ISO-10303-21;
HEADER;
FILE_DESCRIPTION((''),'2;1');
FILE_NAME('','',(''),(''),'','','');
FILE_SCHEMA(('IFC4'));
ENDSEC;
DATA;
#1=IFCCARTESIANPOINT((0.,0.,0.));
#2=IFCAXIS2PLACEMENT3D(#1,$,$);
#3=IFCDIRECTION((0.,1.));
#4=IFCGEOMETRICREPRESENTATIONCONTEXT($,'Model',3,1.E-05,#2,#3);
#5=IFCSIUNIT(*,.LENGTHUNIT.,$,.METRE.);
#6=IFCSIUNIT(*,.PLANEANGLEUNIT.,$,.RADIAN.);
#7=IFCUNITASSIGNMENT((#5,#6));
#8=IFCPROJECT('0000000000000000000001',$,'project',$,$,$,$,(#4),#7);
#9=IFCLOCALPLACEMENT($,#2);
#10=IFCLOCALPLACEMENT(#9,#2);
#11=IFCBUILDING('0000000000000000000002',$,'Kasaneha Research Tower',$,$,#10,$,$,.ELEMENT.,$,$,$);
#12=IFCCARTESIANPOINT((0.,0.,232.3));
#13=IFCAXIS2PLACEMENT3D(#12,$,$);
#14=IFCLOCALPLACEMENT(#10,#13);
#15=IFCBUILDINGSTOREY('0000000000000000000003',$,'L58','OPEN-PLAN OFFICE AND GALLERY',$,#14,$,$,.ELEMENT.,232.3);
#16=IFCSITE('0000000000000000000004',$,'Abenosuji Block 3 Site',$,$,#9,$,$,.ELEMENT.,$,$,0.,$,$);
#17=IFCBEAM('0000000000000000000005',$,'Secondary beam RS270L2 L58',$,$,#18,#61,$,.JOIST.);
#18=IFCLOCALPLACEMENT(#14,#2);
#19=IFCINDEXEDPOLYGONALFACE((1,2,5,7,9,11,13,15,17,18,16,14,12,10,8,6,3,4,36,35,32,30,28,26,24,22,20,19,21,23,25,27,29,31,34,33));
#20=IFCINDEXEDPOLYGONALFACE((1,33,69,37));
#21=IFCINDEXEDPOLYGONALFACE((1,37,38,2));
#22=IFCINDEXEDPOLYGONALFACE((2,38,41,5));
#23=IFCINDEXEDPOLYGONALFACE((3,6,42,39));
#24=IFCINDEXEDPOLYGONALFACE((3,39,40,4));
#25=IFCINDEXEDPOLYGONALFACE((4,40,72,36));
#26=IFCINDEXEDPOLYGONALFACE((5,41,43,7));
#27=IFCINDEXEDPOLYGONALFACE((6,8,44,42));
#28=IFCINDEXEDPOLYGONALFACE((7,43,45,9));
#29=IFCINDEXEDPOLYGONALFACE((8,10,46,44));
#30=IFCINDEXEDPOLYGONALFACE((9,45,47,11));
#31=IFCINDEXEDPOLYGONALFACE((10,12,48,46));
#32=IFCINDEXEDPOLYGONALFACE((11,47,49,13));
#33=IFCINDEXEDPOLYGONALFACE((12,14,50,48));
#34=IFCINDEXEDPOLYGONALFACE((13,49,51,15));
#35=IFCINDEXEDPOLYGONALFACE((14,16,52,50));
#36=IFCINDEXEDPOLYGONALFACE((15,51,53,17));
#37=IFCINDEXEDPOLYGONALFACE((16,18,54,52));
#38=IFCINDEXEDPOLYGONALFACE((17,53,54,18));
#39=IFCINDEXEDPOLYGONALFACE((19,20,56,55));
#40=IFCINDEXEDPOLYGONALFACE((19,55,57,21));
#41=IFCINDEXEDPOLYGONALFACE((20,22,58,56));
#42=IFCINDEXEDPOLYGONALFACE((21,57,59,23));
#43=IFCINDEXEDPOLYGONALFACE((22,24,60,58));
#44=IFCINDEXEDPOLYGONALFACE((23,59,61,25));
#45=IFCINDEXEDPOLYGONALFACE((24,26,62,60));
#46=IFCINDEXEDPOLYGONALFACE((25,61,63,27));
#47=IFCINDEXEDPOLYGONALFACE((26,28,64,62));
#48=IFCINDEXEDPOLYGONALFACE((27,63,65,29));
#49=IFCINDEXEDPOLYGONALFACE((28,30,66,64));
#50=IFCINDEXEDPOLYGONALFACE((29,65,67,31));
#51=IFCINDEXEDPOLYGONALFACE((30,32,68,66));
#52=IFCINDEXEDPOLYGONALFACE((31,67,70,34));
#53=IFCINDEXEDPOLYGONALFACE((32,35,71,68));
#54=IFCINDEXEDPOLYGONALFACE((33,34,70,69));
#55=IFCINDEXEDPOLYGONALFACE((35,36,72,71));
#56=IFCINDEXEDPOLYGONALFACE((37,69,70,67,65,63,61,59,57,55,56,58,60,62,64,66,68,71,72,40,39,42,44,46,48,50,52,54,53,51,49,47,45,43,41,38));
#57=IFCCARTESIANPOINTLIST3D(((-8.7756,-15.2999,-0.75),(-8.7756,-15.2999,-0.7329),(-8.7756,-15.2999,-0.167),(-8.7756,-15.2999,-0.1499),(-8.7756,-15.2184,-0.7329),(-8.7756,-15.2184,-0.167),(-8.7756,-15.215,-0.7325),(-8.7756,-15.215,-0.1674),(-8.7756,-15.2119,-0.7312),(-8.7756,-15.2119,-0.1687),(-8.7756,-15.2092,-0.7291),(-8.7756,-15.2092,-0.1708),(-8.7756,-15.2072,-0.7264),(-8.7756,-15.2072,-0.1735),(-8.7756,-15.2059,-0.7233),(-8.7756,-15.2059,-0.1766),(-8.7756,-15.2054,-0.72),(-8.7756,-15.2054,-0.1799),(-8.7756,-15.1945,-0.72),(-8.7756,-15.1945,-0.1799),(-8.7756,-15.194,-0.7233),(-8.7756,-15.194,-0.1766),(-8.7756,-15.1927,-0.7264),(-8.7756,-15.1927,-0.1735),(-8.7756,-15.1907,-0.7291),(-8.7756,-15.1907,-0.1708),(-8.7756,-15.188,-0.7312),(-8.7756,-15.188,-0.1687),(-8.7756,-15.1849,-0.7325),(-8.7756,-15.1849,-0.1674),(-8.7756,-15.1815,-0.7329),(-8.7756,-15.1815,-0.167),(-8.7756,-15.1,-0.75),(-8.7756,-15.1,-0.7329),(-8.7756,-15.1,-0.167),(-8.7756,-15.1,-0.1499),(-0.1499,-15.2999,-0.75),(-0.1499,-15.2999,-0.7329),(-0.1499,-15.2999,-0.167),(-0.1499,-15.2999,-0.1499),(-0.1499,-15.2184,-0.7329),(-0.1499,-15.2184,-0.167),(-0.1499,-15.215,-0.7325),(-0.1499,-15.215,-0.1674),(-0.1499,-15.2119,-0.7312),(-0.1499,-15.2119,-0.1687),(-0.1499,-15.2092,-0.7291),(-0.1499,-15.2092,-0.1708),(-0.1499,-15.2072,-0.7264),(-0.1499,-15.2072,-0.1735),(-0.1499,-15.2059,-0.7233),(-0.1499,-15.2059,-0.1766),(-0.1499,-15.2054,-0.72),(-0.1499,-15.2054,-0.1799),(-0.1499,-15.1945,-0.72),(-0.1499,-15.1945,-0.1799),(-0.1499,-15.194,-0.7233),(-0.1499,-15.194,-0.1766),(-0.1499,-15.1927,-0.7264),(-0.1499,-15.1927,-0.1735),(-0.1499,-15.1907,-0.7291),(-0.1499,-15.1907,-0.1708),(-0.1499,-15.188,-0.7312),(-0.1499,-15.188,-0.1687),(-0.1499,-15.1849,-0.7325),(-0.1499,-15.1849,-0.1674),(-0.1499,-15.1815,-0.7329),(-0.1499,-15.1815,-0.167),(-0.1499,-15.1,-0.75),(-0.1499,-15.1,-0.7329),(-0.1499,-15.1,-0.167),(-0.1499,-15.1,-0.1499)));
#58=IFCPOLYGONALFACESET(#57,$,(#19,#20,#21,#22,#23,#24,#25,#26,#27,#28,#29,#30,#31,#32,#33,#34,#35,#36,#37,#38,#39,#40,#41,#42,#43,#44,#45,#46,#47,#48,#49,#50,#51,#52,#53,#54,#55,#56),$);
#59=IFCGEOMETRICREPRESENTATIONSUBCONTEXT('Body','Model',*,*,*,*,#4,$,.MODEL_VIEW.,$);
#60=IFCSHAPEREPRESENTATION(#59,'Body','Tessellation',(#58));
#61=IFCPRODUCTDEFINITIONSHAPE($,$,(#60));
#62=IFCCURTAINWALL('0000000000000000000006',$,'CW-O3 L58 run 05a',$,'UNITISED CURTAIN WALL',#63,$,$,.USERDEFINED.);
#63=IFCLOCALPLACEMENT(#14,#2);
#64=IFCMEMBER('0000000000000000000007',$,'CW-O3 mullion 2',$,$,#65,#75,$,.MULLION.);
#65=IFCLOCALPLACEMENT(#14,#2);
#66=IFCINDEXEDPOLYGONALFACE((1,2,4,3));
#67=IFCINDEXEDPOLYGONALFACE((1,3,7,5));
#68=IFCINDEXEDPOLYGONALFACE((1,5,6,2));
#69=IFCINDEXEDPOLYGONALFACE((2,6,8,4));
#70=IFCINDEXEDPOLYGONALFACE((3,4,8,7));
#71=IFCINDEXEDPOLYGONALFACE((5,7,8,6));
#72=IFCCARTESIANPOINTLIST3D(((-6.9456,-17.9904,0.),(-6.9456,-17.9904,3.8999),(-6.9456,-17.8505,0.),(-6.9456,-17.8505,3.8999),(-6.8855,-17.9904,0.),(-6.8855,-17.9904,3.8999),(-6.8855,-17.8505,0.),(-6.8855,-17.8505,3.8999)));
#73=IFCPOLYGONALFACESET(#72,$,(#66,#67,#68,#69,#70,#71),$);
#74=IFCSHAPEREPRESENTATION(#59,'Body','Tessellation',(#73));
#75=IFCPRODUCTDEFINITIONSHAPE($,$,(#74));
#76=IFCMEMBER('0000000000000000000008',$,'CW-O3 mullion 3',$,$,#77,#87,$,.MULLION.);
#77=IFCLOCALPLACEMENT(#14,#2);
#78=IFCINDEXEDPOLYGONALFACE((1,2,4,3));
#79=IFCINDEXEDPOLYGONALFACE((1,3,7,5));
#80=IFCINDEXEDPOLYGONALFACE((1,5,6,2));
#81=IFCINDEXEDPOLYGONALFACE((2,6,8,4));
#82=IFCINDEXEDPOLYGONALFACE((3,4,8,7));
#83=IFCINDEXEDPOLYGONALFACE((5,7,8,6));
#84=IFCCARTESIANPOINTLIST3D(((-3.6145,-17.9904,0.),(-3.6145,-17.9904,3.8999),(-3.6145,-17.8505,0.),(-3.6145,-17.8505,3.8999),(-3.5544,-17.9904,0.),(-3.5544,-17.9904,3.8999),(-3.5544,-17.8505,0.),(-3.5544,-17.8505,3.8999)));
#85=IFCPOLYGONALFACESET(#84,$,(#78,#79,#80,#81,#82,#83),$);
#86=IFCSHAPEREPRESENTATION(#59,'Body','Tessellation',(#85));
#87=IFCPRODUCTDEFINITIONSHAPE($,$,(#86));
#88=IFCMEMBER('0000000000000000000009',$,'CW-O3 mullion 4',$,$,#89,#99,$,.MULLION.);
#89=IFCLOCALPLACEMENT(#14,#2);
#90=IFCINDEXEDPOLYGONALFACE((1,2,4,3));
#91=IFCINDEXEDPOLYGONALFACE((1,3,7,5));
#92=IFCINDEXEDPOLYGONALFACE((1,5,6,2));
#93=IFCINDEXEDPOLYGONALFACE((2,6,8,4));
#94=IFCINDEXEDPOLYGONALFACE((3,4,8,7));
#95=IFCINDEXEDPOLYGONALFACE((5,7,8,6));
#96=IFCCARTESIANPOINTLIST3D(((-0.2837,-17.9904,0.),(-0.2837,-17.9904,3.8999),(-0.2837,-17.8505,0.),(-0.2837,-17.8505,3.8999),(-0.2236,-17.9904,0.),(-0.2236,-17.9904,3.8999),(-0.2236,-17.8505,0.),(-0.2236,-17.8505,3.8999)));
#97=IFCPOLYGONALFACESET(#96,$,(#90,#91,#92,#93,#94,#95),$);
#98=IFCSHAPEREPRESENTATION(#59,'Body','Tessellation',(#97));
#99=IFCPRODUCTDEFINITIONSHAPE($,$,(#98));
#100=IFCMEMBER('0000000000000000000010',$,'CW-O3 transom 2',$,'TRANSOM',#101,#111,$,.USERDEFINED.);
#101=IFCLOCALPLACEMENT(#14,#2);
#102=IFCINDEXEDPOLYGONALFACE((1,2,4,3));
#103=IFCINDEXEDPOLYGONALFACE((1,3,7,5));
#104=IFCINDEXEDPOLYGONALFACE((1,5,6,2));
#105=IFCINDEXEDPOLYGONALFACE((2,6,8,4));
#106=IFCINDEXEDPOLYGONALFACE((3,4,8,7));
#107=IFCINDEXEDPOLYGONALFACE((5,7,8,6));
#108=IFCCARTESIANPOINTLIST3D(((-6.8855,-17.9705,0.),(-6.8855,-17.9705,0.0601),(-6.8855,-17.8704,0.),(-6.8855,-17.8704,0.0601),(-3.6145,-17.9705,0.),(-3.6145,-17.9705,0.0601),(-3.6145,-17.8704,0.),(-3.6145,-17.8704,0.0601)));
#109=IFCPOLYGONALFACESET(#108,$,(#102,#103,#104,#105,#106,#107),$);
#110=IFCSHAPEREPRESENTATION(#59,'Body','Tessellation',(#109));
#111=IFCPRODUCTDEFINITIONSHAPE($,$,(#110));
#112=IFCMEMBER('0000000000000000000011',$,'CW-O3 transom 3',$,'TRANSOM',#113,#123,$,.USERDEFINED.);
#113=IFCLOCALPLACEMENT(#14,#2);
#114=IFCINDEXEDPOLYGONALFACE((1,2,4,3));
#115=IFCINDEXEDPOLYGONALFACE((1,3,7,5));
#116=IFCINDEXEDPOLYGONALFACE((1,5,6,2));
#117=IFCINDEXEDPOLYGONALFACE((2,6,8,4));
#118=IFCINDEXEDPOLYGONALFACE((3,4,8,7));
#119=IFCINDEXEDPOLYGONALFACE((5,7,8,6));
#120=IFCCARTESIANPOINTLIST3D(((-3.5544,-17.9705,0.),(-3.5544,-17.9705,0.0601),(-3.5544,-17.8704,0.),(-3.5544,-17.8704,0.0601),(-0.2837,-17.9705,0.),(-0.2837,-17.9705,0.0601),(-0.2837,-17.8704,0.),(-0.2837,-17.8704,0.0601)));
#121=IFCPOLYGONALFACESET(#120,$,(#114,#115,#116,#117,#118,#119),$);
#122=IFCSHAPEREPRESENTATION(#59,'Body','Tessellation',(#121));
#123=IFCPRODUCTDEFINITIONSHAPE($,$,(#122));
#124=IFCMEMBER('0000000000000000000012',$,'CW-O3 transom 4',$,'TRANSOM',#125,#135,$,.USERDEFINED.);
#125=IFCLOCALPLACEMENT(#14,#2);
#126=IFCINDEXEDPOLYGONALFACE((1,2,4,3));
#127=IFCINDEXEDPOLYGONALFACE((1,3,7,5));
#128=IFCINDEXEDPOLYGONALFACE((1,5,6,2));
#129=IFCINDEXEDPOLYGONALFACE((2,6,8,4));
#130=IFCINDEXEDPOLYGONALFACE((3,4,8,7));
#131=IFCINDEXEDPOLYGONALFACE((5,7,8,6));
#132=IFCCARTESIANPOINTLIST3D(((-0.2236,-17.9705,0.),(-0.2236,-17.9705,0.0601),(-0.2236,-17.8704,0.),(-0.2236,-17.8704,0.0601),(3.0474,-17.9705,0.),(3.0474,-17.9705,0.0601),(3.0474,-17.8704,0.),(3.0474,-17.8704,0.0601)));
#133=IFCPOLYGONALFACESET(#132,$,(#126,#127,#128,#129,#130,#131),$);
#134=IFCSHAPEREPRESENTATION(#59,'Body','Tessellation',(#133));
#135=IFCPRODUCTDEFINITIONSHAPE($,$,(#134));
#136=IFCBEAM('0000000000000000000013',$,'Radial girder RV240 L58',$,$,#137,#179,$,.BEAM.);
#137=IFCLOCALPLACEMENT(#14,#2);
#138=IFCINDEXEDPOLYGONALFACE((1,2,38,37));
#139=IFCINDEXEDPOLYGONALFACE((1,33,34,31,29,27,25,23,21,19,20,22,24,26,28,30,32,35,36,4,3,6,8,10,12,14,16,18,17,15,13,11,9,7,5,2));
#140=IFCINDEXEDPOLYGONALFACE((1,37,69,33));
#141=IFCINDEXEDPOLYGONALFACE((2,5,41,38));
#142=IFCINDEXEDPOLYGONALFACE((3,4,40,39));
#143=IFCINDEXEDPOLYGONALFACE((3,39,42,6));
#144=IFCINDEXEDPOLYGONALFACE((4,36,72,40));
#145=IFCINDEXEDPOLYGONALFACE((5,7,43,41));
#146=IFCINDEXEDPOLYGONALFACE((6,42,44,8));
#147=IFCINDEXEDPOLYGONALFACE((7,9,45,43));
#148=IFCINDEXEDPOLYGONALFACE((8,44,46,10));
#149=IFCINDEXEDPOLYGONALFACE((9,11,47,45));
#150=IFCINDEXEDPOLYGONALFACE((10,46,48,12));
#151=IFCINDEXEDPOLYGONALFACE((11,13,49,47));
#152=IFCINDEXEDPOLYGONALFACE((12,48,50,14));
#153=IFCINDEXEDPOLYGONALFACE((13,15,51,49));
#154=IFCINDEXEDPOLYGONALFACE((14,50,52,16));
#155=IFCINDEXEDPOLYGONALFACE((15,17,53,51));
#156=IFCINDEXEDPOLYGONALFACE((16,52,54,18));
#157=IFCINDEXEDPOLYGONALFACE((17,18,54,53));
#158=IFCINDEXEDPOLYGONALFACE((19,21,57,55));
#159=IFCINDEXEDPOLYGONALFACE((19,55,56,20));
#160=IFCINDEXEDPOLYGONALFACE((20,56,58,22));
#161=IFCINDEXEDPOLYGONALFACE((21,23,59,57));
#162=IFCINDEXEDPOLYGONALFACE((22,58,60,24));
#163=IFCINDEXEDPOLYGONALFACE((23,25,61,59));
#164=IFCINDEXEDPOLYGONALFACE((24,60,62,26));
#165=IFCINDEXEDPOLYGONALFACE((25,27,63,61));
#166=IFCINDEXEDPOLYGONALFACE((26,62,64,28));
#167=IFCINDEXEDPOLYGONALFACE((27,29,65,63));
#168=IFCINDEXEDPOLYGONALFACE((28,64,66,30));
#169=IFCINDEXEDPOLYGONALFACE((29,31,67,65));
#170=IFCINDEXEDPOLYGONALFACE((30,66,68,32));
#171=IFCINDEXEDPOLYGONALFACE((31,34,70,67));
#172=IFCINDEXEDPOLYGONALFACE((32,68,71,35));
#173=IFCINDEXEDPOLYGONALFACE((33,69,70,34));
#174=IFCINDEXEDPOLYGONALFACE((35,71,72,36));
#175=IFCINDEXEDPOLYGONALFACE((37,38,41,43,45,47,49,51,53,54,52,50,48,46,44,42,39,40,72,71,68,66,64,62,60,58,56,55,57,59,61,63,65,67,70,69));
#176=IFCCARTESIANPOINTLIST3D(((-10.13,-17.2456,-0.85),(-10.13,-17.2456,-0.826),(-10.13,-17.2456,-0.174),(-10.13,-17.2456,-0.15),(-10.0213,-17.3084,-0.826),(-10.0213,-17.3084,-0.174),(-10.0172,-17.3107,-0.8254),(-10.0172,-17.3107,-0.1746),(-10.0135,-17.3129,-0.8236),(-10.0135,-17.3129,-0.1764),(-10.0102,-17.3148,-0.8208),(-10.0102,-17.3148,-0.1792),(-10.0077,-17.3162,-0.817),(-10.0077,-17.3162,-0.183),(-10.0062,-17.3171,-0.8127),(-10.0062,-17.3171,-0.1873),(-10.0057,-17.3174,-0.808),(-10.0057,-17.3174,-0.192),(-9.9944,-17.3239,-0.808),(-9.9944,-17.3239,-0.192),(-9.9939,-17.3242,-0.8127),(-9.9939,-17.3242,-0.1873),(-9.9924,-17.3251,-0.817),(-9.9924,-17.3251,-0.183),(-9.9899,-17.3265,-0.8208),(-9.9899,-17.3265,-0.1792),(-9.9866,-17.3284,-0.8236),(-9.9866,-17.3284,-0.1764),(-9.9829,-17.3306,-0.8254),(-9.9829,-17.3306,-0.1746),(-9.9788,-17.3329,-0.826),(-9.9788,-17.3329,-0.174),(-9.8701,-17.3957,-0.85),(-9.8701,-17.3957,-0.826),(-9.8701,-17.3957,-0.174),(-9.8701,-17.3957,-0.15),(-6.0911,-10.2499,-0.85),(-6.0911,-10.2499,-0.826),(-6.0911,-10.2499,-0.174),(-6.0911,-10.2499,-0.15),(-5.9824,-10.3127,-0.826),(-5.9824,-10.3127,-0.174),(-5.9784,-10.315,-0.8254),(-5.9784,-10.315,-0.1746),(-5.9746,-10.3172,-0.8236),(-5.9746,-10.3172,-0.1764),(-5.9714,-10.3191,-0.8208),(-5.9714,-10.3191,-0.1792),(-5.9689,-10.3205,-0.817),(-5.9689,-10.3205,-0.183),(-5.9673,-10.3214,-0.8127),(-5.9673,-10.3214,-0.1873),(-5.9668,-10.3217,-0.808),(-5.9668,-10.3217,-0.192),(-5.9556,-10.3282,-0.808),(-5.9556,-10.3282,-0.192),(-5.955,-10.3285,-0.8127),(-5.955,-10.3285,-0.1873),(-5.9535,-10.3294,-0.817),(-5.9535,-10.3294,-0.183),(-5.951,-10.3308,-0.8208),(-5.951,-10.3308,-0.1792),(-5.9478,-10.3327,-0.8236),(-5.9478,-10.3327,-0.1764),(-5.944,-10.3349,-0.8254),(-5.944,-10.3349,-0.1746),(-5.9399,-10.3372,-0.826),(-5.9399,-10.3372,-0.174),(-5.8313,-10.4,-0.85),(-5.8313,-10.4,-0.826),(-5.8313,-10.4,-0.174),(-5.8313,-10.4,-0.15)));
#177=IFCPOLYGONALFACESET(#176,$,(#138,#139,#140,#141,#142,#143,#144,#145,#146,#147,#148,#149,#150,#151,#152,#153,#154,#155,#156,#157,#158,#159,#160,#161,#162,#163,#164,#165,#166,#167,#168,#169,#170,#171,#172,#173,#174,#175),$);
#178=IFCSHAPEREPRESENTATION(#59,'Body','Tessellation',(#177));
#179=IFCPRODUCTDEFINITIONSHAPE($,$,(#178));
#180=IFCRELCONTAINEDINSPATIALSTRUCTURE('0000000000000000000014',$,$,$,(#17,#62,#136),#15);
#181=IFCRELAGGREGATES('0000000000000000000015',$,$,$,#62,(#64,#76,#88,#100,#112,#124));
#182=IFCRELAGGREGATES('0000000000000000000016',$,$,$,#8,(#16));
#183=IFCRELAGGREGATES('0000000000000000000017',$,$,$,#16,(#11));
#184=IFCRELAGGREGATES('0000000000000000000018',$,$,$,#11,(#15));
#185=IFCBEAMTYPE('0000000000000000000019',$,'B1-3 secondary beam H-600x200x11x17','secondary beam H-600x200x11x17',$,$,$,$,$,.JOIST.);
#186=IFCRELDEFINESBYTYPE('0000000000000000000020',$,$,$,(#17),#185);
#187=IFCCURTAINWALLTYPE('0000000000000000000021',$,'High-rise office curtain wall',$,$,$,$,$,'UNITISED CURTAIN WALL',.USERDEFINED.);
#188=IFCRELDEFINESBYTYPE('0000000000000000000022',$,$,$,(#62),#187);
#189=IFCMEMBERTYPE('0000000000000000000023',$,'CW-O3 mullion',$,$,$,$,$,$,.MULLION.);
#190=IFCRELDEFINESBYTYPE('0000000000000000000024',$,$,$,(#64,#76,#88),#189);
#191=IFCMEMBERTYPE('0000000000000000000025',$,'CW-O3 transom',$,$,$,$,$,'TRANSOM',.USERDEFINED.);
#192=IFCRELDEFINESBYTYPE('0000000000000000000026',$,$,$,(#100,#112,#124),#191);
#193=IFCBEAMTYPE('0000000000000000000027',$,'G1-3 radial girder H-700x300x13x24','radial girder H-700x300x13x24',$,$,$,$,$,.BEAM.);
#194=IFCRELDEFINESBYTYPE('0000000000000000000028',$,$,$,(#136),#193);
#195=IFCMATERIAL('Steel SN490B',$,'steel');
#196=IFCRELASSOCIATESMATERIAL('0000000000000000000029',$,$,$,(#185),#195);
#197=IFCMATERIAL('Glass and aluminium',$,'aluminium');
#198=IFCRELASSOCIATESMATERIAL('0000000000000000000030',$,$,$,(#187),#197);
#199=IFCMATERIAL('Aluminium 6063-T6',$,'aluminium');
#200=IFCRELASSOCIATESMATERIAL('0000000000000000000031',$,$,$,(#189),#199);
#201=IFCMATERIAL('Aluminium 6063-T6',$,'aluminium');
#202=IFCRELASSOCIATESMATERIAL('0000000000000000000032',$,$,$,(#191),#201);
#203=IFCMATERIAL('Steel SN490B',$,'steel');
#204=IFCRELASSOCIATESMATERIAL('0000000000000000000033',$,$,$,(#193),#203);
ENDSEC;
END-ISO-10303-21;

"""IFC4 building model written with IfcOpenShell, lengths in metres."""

from ifc_helpers import new_model, si_unit, direction, frame, origin, origin_2d, place, context, subcontext, project, spatial, rectangle, i_section, extrude, material, material_profile, profile_set, type_object, element, aggregate, save


model = new_model("IFC4")

# Units and contexts
model_context = context("Model", 3, precision=1e-05, world=origin(), true_north=direction((0.0, 1.0)))
body_context = subcontext(model_context, "Body", "Model", "MODEL_VIEW")
ifc_project = project(units=[si_unit("LENGTHUNIT", "METRE"), si_unit("PLANEANGLEUNIT", "RADIAN")], contexts=[model_context])

# Site, building, storey
site_placement = place(None, origin())
site = spatial("IfcSite", under=ifc_project, at=site_placement, Name="Abenosuji Block 3 Site", CompositionType="ELEMENT", RefElevation=0.0)
building_placement = place(site_placement, origin())
building = spatial("IfcBuilding", under=site, at=building_placement, Name="Kasaneha Research Tower", CompositionType="ELEMENT")
storey_placement = place(building_placement, frame((0.0, 0.0, 232.3)))
storey = spatial("IfcBuildingStorey", under=building, at=storey_placement, Name="L58", Description="OPEN-PLAN OFFICE AND GALLERY", CompositionType="ELEMENT", Elevation=232.3)

# Beam
ifc_material_1 = material(Name="Steel SN490B", Category="steel")
ifc_material_profile_1 = material_profile(ifc_material_1, i_section(OverallWidth=0.2, OverallDepth=0.6001, WebThickness=0.011, FlangeThickness=0.0171, FilletRadius=0.0129, at=origin_2d()), Name="H-600x200x11x17")
ifc_profile_set_1 = profile_set([ifc_material_profile_1], Name="Steel SN490B")
beam_type_1 = type_object("IfcBeamType", Name="B1-3 secondary beam H-600x200x11x17", Description="secondary beam H-600x200x11x17", PredefinedType="JOIST", material=ifc_profile_set_1)
beam_1_placement = place(storey_placement, frame((-8.7756, -15.2, -0.45), z_axis=(1.0, 0.0, 0.0), x_axis=(0.0, 1.0, 0.0)))
element("IfcBeam", 1, at=beam_1_placement, inside=storey, type_object=beam_type_1, Name="Secondary beam RS270L2 L58", PredefinedType="JOIST", context=body_context, shape_type="SweptSolid", body=[
    extrude(i_section(OverallWidth=0.2, OverallDepth=0.6001, WebThickness=0.011, FlangeThickness=0.0171, FilletRadius=0.0129, at=origin_2d()), origin(), (0.0, 0.0, 1.0), 8.6257),
])

# Curtain wall, members
ifc_material_2 = material(Name="Glass and aluminium", Category="aluminium")
curtain_wall_type = type_object("IfcCurtainWallType", Name="High-rise office curtain wall", ElementType="UNITISED CURTAIN WALL", PredefinedType="USERDEFINED", material=ifc_material_2)
curtain_wall_placement = place(storey_placement, origin())
curtain_wall = element("IfcCurtainWall", 2, at=curtain_wall_placement, inside=storey, type_object=curtain_wall_type, Name="CW-O3 L58 run 05a", ObjectType="UNITISED CURTAIN WALL", PredefinedType="USERDEFINED")
ifc_material_3 = material(Name="Aluminium 6063-T6", Category="aluminium")
ifc_material_profile_2 = material_profile(ifc_material_3, rectangle(XDim=0.0601, YDim=0.1399, at=origin_2d()), Name="CW-O3 mullion 60x140")
ifc_profile_set_2 = profile_set([ifc_material_profile_2], Name="Aluminium 6063-T6")
member_type_1 = type_object("IfcMemberType", Name="CW-O3 mullion", PredefinedType="MULLION", material=ifc_profile_set_2)
member_1_placement = place(storey_placement, frame((-6.9155, -17.9204, 0.0), z_axis=(0.0, 0.0, 1.0), x_axis=(1.0, 0.0, 0.0)))
member_1 = element("IfcMember", 3, at=member_1_placement, type_object=member_type_1, Name="CW-O3 mullion 2", PredefinedType="MULLION", context=body_context, shape_type="SweptSolid", body=[
    extrude(rectangle(XDim=0.0601, YDim=0.1399, at=origin_2d()), origin(), (0.0, 0.0, 1.0), 3.8999),
])
member_2_placement = place(storey_placement, frame((-3.5845, -17.9204, 0.0), z_axis=(0.0, 0.0, 1.0), x_axis=(1.0, 0.0, 0.0)))
member_2 = element("IfcMember", 4, at=member_2_placement, type_object=member_type_1, Name="CW-O3 mullion 3", PredefinedType="MULLION", context=body_context, shape_type="SweptSolid", body=[
    extrude(rectangle(XDim=0.0601, YDim=0.1399, at=origin_2d()), origin(), (0.0, 0.0, 1.0), 3.8999),
])
member_3_placement = place(storey_placement, frame((-0.2537, -17.9204, 0.0), z_axis=(0.0, 0.0, 1.0), x_axis=(1.0, 0.0, 0.0)))
member_3 = element("IfcMember", 5, at=member_3_placement, type_object=member_type_1, Name="CW-O3 mullion 4", PredefinedType="MULLION", context=body_context, shape_type="SweptSolid", body=[
    extrude(rectangle(XDim=0.0601, YDim=0.1399, at=origin_2d()), origin(), (0.0, 0.0, 1.0), 3.8999),
])
ifc_material_4 = material(Name="Aluminium 6063-T6", Category="aluminium")
ifc_material_profile_3 = material_profile(ifc_material_4, rectangle(XDim=0.1001, YDim=0.0601, at=origin_2d()), Name="CW-O3 transom 100x60")
ifc_profile_set_3 = profile_set([ifc_material_profile_3], Name="Aluminium 6063-T6")
member_type_2 = type_object("IfcMemberType", Name="CW-O3 transom", ElementType="TRANSOM", PredefinedType="USERDEFINED", material=ifc_profile_set_3)
member_4_placement = place(storey_placement, frame((-6.8855, -17.9204, 0.03), z_axis=(1.0, 0.0, 0.0), x_axis=(0.0, 1.0, 0.0)))
member_4 = element("IfcMember", 6, at=member_4_placement, type_object=member_type_2, Name="CW-O3 transom 2", ObjectType="TRANSOM", PredefinedType="USERDEFINED", context=body_context, shape_type="SweptSolid", body=[
    extrude(rectangle(XDim=0.1001, YDim=0.0601, at=origin_2d()), origin(), (0.0, 0.0, 1.0), 3.271),
])
member_5_placement = place(storey_placement, frame((-3.5544, -17.9204, 0.03), z_axis=(1.0, 0.0, 0.0), x_axis=(0.0, 1.0, 0.0)))
member_5 = element("IfcMember", 7, at=member_5_placement, type_object=member_type_2, Name="CW-O3 transom 3", ObjectType="TRANSOM", PredefinedType="USERDEFINED", context=body_context, shape_type="SweptSolid", body=[
    extrude(rectangle(XDim=0.1001, YDim=0.0601, at=origin_2d()), origin(), (0.0, 0.0, 1.0), 3.2708),
])
member_6_placement = place(storey_placement, frame((-0.2236, -17.9204, 0.03), z_axis=(1.0, 0.0, 0.0), x_axis=(0.0, 1.0, 0.0)))
member_6 = element("IfcMember", 8, at=member_6_placement, type_object=member_type_2, Name="CW-O3 transom 4", ObjectType="TRANSOM", PredefinedType="USERDEFINED", context=body_context, shape_type="SweptSolid", body=[
    extrude(rectangle(XDim=0.1001, YDim=0.0601, at=origin_2d()), origin(), (0.0, 0.0, 1.0), 3.271),
])

# Beam
ifc_material_5 = material(Name="Steel SN490B", Category="steel")
ifc_material_profile_4 = material_profile(ifc_material_5, i_section(OverallWidth=0.3, OverallDepth=0.7, WebThickness=0.0129, FlangeThickness=0.0239, FilletRadius=0.0181, at=origin_2d()), Name="H-700x300x13x24")
ifc_profile_set_4 = profile_set([ifc_material_profile_4], Name="Steel SN490B")
beam_type_2 = type_object("IfcBeamType", Name="G1-3 radial girder H-700x300x13x24", Description="radial girder H-700x300x13x24", PredefinedType="BEAM", material=ifc_profile_set_4)
beam_2_placement = place(storey_placement, frame((-5.9612, -10.325, -0.5), z_axis=(-0.499991, -0.866031, 0.0), x_axis=(0.866031, -0.499991, 0.0)))
element("IfcBeam", 9, at=beam_2_placement, inside=storey, type_object=beam_type_2, Name="Radial girder RV240 L58", PredefinedType="BEAM", context=body_context, shape_type="SweptSolid", body=[
    extrude(i_section(OverallWidth=0.3, OverallDepth=0.7, WebThickness=0.0129, FlangeThickness=0.0239, FilletRadius=0.0181, at=origin_2d()), origin(), (0.0, 0.0, 1.0), 8.0779),
])

aggregate(curtain_wall, [member_1, member_2, member_3, member_4, member_5, member_6])

save(model, "model.ifc")
